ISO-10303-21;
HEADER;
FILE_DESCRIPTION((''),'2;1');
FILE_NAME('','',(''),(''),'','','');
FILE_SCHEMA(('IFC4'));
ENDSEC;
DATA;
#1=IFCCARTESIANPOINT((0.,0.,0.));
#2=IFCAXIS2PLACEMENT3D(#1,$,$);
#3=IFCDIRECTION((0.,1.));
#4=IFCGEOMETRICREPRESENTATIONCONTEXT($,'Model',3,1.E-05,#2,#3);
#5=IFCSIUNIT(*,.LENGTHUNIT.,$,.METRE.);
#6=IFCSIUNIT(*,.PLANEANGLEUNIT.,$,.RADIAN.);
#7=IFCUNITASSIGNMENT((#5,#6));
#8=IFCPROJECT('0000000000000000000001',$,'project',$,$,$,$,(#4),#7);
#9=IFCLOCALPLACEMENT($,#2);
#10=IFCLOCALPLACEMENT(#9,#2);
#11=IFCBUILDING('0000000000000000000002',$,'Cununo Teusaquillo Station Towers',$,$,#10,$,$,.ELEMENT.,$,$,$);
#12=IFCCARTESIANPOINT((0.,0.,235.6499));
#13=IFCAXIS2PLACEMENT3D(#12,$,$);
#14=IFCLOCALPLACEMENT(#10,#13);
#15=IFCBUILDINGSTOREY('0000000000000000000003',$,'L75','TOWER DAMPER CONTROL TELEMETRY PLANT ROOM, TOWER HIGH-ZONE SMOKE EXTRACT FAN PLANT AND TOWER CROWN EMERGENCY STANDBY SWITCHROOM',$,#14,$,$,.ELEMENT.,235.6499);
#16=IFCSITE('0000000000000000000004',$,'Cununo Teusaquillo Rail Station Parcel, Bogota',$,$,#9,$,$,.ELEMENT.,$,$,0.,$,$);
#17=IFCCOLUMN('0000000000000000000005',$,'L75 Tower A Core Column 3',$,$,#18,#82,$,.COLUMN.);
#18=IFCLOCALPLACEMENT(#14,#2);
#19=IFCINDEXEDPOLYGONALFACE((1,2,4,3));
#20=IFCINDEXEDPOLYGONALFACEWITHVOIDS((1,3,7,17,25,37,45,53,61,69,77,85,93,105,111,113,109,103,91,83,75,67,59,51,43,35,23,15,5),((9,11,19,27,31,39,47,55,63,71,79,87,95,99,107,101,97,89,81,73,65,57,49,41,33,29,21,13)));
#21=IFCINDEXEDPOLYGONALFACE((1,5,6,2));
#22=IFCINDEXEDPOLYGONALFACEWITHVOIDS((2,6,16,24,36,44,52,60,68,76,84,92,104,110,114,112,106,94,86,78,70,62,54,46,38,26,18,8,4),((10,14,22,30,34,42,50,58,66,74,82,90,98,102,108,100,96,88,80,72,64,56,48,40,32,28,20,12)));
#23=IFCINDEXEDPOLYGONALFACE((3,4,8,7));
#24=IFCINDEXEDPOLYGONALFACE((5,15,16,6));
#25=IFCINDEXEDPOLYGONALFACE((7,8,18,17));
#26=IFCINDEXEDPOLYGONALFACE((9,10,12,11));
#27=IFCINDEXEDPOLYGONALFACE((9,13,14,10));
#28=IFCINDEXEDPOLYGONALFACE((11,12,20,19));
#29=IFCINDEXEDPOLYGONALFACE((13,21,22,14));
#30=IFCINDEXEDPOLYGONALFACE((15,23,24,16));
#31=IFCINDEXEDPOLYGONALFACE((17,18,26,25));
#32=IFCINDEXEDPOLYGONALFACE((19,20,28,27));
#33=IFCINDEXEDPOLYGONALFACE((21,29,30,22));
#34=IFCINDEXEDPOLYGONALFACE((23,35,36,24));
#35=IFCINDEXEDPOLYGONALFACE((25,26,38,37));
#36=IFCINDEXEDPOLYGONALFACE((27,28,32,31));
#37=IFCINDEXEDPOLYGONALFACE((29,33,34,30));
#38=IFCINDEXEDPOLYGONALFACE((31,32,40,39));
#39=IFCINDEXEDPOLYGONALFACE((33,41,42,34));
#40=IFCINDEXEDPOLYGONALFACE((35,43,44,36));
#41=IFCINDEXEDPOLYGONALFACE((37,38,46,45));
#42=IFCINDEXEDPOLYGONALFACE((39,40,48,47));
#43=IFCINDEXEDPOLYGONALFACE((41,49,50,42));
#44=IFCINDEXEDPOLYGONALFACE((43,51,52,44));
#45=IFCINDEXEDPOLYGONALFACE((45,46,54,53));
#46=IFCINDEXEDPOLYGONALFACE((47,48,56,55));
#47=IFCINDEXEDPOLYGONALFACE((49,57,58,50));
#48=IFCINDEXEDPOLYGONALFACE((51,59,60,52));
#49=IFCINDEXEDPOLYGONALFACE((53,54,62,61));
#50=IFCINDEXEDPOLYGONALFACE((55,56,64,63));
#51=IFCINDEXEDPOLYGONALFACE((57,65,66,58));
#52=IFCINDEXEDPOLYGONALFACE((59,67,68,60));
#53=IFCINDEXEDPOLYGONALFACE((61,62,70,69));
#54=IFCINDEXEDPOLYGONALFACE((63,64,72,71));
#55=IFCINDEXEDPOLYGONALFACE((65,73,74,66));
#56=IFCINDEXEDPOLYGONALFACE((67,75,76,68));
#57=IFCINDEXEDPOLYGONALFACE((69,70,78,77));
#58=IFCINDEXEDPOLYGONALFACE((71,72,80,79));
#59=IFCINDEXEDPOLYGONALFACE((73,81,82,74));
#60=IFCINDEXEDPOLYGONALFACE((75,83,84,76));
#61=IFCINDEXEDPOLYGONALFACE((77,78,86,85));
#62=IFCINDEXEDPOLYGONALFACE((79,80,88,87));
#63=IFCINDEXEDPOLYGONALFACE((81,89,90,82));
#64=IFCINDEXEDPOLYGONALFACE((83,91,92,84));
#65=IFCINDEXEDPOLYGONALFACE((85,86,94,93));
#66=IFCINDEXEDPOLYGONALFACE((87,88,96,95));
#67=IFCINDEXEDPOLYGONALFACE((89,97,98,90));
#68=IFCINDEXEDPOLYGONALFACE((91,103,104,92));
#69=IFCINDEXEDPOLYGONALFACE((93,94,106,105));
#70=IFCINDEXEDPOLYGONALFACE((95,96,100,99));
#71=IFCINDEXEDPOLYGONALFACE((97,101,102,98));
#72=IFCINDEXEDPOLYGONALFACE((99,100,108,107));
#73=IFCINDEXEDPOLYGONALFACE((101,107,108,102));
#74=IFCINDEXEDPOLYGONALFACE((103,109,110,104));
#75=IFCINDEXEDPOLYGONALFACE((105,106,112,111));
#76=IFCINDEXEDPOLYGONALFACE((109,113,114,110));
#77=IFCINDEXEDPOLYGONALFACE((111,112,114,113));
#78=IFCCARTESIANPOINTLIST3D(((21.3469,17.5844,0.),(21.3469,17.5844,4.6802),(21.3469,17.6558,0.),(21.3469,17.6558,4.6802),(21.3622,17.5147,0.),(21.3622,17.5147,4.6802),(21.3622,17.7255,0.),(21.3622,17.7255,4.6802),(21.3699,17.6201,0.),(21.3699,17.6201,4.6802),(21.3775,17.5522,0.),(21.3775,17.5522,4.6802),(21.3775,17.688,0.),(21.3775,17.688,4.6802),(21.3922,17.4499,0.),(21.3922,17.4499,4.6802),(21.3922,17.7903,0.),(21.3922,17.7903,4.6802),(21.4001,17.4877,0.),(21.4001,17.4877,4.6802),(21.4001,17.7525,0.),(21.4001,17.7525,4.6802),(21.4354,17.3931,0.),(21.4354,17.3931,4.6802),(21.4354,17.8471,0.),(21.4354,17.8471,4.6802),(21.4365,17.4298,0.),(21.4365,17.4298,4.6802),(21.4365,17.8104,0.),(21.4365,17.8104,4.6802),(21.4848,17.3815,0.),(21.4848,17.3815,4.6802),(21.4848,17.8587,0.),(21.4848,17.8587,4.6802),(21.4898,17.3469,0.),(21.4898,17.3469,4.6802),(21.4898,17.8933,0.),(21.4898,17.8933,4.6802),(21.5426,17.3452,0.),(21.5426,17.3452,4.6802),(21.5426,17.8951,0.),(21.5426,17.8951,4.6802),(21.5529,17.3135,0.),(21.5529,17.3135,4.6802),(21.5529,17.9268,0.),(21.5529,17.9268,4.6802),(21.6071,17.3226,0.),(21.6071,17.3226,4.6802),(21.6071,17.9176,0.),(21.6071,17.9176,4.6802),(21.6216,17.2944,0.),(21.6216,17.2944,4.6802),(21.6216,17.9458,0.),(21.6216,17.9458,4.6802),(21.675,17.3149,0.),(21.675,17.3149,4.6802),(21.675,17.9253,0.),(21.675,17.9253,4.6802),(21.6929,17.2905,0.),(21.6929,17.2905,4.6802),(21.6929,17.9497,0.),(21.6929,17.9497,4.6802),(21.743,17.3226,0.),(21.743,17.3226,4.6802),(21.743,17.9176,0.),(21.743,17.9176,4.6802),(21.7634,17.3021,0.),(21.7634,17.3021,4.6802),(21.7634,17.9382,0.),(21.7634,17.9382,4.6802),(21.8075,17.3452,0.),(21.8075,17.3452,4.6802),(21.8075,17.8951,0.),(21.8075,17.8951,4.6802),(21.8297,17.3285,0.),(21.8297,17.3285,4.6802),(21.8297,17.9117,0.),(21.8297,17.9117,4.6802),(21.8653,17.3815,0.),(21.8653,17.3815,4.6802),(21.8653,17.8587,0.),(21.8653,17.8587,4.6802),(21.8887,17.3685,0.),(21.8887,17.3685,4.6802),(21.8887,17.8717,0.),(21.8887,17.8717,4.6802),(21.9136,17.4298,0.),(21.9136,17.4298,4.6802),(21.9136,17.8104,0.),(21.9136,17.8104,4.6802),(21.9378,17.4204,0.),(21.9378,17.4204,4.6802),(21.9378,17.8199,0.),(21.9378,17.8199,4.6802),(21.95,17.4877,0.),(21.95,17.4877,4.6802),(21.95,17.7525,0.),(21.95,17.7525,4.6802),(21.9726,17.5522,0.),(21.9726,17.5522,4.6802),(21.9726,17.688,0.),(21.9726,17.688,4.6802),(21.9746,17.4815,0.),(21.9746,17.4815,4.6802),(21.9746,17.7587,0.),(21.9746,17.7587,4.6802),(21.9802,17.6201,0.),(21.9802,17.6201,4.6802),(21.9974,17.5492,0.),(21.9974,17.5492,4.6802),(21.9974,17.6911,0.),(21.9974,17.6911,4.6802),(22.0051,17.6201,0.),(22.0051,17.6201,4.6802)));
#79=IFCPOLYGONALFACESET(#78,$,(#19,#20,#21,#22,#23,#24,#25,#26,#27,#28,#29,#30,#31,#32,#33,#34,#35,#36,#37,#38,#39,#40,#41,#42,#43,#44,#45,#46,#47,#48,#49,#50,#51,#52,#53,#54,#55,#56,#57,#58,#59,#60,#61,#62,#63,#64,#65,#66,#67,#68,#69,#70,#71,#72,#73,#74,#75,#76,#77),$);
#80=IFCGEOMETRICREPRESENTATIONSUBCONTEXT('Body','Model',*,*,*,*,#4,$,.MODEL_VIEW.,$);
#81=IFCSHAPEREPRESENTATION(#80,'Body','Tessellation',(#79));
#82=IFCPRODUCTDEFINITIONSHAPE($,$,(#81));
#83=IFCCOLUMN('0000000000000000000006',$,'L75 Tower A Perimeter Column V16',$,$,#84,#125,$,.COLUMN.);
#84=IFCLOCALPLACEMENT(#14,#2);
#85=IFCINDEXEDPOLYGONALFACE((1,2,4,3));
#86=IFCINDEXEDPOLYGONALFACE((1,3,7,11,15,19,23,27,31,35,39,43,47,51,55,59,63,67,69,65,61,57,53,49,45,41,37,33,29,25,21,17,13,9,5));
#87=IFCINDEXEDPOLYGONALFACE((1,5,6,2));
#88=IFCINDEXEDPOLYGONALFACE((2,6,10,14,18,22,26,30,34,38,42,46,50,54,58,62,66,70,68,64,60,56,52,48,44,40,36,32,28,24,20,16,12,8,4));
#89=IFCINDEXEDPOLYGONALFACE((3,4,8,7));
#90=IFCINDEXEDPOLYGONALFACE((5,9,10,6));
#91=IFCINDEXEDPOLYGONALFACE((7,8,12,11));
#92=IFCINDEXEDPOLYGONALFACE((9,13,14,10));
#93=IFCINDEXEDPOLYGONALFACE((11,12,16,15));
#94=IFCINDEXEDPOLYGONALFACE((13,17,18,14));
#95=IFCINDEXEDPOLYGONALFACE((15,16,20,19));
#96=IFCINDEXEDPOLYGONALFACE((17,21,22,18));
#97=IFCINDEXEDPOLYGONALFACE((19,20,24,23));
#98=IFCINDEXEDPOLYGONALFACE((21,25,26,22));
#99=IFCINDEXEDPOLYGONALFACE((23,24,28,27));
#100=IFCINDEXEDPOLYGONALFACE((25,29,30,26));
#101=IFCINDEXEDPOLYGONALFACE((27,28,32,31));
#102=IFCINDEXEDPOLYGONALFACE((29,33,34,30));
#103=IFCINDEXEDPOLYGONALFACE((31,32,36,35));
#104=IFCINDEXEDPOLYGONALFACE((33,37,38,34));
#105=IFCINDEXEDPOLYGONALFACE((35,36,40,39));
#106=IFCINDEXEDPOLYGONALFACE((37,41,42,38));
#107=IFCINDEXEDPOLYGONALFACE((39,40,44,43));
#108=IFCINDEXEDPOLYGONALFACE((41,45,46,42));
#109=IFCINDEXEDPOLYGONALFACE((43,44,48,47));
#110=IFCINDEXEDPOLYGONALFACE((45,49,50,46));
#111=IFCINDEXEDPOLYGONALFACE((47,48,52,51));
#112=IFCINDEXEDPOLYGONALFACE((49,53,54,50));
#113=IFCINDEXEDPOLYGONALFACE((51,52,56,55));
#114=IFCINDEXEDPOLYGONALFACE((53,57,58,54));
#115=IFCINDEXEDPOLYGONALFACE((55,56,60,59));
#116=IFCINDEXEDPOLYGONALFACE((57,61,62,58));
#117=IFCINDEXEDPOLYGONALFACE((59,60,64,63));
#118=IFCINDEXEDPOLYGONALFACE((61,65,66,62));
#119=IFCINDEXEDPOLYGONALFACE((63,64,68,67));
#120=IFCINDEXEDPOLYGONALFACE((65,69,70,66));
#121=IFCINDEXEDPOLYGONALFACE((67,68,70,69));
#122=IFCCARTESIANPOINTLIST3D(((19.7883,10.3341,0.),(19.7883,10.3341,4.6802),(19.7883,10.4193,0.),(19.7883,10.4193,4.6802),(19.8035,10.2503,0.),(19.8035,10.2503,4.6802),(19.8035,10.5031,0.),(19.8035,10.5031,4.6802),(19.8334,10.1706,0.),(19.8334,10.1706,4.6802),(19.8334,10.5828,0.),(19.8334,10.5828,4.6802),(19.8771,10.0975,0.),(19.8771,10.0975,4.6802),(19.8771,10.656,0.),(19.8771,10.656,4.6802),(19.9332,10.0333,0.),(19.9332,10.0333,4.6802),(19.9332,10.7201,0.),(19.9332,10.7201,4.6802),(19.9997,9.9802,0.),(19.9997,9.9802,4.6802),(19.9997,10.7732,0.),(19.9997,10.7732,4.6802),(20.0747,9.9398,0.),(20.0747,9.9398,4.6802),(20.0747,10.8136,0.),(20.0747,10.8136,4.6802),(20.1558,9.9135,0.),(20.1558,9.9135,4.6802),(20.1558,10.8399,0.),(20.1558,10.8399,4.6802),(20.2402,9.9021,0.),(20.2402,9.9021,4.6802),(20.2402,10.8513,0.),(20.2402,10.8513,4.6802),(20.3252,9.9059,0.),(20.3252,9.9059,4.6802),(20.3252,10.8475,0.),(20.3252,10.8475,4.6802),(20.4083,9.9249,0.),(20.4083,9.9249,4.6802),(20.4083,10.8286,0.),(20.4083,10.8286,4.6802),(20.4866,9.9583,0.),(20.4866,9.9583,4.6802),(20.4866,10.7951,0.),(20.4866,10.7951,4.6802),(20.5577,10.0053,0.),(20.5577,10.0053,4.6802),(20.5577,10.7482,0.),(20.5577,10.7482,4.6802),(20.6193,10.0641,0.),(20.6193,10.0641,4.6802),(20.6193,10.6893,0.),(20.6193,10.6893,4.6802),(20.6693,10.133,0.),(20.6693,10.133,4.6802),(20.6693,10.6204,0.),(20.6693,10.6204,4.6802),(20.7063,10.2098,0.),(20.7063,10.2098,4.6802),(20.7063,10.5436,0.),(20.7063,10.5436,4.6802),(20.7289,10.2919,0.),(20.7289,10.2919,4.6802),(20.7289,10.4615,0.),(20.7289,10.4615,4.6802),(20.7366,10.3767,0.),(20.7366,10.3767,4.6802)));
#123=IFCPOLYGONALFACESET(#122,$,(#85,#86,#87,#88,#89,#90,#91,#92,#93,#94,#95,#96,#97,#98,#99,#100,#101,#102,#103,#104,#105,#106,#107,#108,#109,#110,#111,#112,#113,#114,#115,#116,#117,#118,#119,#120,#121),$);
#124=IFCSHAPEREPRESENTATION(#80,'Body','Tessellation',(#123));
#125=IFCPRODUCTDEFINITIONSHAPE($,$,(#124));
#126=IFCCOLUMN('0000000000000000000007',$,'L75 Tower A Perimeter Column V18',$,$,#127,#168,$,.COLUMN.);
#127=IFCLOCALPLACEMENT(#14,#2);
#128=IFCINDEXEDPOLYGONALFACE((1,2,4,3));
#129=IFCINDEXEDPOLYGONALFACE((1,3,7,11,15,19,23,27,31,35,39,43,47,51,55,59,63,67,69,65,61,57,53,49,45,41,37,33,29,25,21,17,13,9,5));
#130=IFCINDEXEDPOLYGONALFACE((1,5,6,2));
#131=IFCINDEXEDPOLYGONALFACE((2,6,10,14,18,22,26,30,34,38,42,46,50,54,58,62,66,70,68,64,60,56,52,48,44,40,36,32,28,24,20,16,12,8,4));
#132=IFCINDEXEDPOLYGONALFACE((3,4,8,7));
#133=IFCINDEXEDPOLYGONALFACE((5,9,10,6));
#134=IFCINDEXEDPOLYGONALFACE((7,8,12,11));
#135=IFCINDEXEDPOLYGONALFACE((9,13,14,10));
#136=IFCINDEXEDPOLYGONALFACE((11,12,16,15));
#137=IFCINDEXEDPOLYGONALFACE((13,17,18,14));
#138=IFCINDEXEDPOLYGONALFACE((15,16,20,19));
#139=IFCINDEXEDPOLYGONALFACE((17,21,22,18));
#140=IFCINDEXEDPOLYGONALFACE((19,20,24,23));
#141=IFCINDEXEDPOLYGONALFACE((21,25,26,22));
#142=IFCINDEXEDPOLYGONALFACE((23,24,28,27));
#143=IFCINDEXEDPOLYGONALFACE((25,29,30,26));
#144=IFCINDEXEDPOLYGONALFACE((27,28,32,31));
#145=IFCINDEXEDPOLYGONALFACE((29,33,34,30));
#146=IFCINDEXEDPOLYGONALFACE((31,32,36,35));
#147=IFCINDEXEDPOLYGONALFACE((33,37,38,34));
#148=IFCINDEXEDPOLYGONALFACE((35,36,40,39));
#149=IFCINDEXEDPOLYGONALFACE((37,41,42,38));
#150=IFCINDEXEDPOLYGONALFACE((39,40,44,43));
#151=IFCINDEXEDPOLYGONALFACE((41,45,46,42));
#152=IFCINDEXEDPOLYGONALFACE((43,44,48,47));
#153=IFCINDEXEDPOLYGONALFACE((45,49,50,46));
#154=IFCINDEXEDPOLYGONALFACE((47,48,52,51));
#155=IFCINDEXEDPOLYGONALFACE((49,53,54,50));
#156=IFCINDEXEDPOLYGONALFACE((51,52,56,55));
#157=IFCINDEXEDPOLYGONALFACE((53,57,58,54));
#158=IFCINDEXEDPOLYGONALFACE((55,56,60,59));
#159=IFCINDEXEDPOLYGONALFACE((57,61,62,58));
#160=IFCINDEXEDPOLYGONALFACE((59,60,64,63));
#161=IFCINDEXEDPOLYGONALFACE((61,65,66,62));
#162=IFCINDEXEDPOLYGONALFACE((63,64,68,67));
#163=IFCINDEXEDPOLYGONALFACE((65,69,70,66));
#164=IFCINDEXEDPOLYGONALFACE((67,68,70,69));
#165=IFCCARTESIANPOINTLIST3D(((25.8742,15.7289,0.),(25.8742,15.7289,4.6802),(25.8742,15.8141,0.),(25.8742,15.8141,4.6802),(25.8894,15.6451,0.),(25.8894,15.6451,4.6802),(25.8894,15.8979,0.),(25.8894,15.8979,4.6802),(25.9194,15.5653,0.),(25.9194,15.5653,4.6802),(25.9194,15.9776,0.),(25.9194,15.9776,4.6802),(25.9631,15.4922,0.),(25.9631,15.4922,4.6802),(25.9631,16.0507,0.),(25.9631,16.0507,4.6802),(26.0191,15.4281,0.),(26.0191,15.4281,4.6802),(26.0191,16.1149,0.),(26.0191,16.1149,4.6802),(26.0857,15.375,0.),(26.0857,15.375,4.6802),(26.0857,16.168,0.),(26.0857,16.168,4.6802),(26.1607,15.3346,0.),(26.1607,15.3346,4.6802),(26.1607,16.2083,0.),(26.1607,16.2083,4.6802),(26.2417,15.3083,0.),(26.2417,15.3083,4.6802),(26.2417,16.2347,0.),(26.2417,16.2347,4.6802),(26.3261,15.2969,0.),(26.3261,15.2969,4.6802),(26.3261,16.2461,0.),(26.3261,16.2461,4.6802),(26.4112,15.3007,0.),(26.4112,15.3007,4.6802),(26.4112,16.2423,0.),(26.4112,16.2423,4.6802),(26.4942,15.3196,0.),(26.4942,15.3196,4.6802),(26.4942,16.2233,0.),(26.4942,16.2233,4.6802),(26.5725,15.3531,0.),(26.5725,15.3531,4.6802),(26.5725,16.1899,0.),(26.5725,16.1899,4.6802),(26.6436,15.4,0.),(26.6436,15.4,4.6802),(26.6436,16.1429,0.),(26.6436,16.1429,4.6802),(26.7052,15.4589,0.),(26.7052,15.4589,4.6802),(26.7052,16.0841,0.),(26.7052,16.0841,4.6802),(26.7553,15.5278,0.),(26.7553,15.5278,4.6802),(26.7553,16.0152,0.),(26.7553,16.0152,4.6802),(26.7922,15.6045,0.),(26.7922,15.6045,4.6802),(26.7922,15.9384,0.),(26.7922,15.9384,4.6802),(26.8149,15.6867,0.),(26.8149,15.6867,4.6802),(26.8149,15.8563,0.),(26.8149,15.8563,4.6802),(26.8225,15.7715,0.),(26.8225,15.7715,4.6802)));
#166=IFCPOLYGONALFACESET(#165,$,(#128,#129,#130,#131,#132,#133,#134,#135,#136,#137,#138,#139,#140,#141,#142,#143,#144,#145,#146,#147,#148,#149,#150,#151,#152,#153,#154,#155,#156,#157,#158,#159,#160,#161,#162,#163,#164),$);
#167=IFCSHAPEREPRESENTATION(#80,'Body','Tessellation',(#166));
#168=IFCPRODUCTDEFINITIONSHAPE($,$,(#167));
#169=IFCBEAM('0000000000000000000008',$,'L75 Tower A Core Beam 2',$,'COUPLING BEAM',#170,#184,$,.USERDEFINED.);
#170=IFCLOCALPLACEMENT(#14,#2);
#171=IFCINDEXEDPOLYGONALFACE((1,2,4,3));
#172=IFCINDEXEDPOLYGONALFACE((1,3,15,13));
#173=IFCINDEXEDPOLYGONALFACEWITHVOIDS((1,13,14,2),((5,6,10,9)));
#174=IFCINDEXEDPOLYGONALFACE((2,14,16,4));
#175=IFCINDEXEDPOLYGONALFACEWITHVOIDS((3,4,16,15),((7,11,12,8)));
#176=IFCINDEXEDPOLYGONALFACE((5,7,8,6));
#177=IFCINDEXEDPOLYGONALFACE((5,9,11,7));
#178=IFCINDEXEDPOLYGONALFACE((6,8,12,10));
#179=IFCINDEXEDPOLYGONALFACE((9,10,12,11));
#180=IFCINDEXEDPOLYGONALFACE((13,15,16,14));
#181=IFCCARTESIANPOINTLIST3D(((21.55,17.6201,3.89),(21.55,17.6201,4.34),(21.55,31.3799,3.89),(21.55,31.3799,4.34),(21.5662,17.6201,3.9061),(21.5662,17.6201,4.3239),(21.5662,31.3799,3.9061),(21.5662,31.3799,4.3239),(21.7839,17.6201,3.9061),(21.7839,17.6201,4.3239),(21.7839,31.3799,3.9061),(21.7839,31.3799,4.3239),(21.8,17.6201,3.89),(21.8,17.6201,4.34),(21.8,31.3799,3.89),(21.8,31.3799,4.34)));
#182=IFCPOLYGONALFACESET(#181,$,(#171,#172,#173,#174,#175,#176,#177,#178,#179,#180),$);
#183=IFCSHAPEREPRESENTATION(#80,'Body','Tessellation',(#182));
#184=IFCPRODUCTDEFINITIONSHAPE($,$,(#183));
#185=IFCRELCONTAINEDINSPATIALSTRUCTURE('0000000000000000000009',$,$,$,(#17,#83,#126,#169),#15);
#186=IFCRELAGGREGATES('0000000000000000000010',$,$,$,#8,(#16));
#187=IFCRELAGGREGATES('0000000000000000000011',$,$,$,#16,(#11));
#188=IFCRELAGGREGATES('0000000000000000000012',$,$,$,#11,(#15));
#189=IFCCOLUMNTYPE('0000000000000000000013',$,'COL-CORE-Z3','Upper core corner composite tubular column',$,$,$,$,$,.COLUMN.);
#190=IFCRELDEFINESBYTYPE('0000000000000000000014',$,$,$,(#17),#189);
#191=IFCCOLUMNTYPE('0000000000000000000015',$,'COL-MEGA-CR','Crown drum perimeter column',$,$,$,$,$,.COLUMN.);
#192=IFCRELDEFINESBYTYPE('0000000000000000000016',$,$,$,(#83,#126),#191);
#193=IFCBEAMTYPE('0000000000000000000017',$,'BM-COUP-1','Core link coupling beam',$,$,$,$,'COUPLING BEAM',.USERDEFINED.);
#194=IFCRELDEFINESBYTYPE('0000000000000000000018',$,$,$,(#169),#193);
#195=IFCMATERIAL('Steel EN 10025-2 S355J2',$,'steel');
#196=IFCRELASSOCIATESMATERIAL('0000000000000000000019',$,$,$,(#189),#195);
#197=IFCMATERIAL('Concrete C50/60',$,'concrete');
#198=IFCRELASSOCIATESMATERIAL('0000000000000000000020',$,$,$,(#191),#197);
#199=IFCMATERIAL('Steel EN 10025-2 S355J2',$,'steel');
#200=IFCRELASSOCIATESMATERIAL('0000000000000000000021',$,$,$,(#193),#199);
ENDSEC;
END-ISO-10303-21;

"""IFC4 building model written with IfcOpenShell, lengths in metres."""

from ifc_helpers import new_model, si_unit, direction, frame, origin, origin_2d, place, context, subcontext, project, spatial, hollow_rectangle, circle, hollow_circle, extrude, material, material_profile, profile_set, type_object, element, save


model = new_model("IFC4")

# Units and contexts
model_context = context("Model", 3, precision=1e-05, world=origin(), true_north=direction((0.0, 1.0)))
body_context = subcontext(model_context, "Body", "Model", "MODEL_VIEW")
ifc_project = project(units=[si_unit("LENGTHUNIT", "METRE"), si_unit("PLANEANGLEUNIT", "RADIAN")], contexts=[model_context])

# Site, building, storey
site_placement = place(None, origin())
site = spatial("IfcSite", under=ifc_project, at=site_placement, Name="Cununo Teusaquillo Rail Station Parcel, Bogota", CompositionType="ELEMENT", RefElevation=0.0)
building_placement = place(site_placement, origin())
building = spatial("IfcBuilding", under=site, at=building_placement, Name="Cununo Teusaquillo Station Towers", CompositionType="ELEMENT")
storey_placement = place(building_placement, frame((0.0, 0.0, 235.6499)))
storey = spatial("IfcBuildingStorey", under=building, at=storey_placement, Name="L75", Description="TOWER DAMPER CONTROL TELEMETRY PLANT ROOM, TOWER HIGH-ZONE SMOKE EXTRACT FAN PLANT AND TOWER CROWN EMERGENCY STANDBY SWITCHROOM", CompositionType="ELEMENT", Elevation=235.6499)

# Columns
ifc_material_1 = material(Name="Steel EN 10025-2 S355J2", Category="steel")
ifc_material_profile_1 = material_profile(ifc_material_1, hollow_circle(Radius=0.3301, WallThickness=0.0249, at=origin_2d()), Name="CHS 660x25")
ifc_profile_set_1 = profile_set([ifc_material_profile_1], Name="Steel EN 10025-2 S355J2")
column_type_1 = type_object("IfcColumnType", Name="COL-CORE-Z3", Description="Upper core corner composite tubular column", PredefinedType="COLUMN", material=ifc_profile_set_1)
column_placement = place(storey_placement, frame((21.675, 17.6201, 0.0), z_axis=(0.0, 0.0, 1.0), x_axis=(1.0, 0.0, 0.0)))
element("IfcColumn", 1, at=column_placement, inside=storey, type_object=column_type_1, Name="L75 Tower A Core Column 3", PredefinedType="COLUMN", context=body_context, shape_type="SweptSolid", body=[
    extrude(hollow_circle(Radius=0.3301, WallThickness=0.0249, at=origin_2d()), origin(), (0.0, 0.0, 1.0), 4.6802),
])
ifc_material_2 = material(Name="Concrete C50/60", Category="concrete")
ifc_material_profile_2 = material_profile(ifc_material_2, circle(Radius=0.4751, at=origin_2d()), Name="RC-CIRC-950")
ifc_profile_set_2 = profile_set([ifc_material_profile_2], Name="Concrete C50/60")
column_type_2 = type_object("IfcColumnType", Name="COL-MEGA-CR", Description="Crown drum perimeter column", PredefinedType="COLUMN", material=ifc_profile_set_2)
for number, where, z_axis, x_axis, name in (
    (2, (20.2615, 10.3767, 0.0), (0.0, 0.0, 1.0), (1.0, 0.0, 0.0), "L75 Tower A Perimeter Column V16"),
    (3, (26.3474, 15.7715, 0.0), (0.0, 0.0, 1.0), (1.0, 0.0, 0.0), "L75 Tower A Perimeter Column V18"),
):
    element("IfcColumn", number, at=place(storey_placement, frame(where, z_axis=z_axis, x_axis=x_axis)), inside=storey, type_object=column_type_2, Name=name, PredefinedType="COLUMN", context=body_context, shape_type="SweptSolid", body=[
        extrude(circle(Radius=0.4751, at=origin_2d()), origin(), (0.0, 0.0, 1.0), 4.6802),
    ])

# Beam
ifc_material_3 = material(Name="Steel EN 10025-2 S355J2", Category="steel")
ifc_material_profile_3 = material_profile(ifc_material_3, hollow_rectangle(XDim=0.25, YDim=0.45, WallThickness=0.0161, at=origin_2d()), Name="RHS 450x250x16")
ifc_profile_set_3 = profile_set([ifc_material_profile_3], Name="Steel EN 10025-2 S355J2")
beam_type_1 = type_object("IfcBeamType", Name="BM-COUP-1", Description="Core link coupling beam", ElementType="COUPLING BEAM", PredefinedType="USERDEFINED", material=ifc_profile_set_3)
beam_1_placement = place(storey_placement, frame((21.675, 17.6201, 4.115), z_axis=(0.0, 1.0, 0.0), x_axis=(-1.0, 0.0, 0.0)))
element("IfcBeam", 4, at=beam_1_placement, inside=storey, type_object=beam_type_1, Name="L75 Tower A Core Beam 2", ObjectType="COUPLING BEAM", PredefinedType="USERDEFINED", context=body_context, shape_type="SweptSolid", body=[
    extrude(hollow_rectangle(XDim=0.25, YDim=0.45, WallThickness=0.0161, at=origin_2d()), origin(), (0.0, 0.0, 1.0), 13.7598),
])

save(model, "model.ifc")
